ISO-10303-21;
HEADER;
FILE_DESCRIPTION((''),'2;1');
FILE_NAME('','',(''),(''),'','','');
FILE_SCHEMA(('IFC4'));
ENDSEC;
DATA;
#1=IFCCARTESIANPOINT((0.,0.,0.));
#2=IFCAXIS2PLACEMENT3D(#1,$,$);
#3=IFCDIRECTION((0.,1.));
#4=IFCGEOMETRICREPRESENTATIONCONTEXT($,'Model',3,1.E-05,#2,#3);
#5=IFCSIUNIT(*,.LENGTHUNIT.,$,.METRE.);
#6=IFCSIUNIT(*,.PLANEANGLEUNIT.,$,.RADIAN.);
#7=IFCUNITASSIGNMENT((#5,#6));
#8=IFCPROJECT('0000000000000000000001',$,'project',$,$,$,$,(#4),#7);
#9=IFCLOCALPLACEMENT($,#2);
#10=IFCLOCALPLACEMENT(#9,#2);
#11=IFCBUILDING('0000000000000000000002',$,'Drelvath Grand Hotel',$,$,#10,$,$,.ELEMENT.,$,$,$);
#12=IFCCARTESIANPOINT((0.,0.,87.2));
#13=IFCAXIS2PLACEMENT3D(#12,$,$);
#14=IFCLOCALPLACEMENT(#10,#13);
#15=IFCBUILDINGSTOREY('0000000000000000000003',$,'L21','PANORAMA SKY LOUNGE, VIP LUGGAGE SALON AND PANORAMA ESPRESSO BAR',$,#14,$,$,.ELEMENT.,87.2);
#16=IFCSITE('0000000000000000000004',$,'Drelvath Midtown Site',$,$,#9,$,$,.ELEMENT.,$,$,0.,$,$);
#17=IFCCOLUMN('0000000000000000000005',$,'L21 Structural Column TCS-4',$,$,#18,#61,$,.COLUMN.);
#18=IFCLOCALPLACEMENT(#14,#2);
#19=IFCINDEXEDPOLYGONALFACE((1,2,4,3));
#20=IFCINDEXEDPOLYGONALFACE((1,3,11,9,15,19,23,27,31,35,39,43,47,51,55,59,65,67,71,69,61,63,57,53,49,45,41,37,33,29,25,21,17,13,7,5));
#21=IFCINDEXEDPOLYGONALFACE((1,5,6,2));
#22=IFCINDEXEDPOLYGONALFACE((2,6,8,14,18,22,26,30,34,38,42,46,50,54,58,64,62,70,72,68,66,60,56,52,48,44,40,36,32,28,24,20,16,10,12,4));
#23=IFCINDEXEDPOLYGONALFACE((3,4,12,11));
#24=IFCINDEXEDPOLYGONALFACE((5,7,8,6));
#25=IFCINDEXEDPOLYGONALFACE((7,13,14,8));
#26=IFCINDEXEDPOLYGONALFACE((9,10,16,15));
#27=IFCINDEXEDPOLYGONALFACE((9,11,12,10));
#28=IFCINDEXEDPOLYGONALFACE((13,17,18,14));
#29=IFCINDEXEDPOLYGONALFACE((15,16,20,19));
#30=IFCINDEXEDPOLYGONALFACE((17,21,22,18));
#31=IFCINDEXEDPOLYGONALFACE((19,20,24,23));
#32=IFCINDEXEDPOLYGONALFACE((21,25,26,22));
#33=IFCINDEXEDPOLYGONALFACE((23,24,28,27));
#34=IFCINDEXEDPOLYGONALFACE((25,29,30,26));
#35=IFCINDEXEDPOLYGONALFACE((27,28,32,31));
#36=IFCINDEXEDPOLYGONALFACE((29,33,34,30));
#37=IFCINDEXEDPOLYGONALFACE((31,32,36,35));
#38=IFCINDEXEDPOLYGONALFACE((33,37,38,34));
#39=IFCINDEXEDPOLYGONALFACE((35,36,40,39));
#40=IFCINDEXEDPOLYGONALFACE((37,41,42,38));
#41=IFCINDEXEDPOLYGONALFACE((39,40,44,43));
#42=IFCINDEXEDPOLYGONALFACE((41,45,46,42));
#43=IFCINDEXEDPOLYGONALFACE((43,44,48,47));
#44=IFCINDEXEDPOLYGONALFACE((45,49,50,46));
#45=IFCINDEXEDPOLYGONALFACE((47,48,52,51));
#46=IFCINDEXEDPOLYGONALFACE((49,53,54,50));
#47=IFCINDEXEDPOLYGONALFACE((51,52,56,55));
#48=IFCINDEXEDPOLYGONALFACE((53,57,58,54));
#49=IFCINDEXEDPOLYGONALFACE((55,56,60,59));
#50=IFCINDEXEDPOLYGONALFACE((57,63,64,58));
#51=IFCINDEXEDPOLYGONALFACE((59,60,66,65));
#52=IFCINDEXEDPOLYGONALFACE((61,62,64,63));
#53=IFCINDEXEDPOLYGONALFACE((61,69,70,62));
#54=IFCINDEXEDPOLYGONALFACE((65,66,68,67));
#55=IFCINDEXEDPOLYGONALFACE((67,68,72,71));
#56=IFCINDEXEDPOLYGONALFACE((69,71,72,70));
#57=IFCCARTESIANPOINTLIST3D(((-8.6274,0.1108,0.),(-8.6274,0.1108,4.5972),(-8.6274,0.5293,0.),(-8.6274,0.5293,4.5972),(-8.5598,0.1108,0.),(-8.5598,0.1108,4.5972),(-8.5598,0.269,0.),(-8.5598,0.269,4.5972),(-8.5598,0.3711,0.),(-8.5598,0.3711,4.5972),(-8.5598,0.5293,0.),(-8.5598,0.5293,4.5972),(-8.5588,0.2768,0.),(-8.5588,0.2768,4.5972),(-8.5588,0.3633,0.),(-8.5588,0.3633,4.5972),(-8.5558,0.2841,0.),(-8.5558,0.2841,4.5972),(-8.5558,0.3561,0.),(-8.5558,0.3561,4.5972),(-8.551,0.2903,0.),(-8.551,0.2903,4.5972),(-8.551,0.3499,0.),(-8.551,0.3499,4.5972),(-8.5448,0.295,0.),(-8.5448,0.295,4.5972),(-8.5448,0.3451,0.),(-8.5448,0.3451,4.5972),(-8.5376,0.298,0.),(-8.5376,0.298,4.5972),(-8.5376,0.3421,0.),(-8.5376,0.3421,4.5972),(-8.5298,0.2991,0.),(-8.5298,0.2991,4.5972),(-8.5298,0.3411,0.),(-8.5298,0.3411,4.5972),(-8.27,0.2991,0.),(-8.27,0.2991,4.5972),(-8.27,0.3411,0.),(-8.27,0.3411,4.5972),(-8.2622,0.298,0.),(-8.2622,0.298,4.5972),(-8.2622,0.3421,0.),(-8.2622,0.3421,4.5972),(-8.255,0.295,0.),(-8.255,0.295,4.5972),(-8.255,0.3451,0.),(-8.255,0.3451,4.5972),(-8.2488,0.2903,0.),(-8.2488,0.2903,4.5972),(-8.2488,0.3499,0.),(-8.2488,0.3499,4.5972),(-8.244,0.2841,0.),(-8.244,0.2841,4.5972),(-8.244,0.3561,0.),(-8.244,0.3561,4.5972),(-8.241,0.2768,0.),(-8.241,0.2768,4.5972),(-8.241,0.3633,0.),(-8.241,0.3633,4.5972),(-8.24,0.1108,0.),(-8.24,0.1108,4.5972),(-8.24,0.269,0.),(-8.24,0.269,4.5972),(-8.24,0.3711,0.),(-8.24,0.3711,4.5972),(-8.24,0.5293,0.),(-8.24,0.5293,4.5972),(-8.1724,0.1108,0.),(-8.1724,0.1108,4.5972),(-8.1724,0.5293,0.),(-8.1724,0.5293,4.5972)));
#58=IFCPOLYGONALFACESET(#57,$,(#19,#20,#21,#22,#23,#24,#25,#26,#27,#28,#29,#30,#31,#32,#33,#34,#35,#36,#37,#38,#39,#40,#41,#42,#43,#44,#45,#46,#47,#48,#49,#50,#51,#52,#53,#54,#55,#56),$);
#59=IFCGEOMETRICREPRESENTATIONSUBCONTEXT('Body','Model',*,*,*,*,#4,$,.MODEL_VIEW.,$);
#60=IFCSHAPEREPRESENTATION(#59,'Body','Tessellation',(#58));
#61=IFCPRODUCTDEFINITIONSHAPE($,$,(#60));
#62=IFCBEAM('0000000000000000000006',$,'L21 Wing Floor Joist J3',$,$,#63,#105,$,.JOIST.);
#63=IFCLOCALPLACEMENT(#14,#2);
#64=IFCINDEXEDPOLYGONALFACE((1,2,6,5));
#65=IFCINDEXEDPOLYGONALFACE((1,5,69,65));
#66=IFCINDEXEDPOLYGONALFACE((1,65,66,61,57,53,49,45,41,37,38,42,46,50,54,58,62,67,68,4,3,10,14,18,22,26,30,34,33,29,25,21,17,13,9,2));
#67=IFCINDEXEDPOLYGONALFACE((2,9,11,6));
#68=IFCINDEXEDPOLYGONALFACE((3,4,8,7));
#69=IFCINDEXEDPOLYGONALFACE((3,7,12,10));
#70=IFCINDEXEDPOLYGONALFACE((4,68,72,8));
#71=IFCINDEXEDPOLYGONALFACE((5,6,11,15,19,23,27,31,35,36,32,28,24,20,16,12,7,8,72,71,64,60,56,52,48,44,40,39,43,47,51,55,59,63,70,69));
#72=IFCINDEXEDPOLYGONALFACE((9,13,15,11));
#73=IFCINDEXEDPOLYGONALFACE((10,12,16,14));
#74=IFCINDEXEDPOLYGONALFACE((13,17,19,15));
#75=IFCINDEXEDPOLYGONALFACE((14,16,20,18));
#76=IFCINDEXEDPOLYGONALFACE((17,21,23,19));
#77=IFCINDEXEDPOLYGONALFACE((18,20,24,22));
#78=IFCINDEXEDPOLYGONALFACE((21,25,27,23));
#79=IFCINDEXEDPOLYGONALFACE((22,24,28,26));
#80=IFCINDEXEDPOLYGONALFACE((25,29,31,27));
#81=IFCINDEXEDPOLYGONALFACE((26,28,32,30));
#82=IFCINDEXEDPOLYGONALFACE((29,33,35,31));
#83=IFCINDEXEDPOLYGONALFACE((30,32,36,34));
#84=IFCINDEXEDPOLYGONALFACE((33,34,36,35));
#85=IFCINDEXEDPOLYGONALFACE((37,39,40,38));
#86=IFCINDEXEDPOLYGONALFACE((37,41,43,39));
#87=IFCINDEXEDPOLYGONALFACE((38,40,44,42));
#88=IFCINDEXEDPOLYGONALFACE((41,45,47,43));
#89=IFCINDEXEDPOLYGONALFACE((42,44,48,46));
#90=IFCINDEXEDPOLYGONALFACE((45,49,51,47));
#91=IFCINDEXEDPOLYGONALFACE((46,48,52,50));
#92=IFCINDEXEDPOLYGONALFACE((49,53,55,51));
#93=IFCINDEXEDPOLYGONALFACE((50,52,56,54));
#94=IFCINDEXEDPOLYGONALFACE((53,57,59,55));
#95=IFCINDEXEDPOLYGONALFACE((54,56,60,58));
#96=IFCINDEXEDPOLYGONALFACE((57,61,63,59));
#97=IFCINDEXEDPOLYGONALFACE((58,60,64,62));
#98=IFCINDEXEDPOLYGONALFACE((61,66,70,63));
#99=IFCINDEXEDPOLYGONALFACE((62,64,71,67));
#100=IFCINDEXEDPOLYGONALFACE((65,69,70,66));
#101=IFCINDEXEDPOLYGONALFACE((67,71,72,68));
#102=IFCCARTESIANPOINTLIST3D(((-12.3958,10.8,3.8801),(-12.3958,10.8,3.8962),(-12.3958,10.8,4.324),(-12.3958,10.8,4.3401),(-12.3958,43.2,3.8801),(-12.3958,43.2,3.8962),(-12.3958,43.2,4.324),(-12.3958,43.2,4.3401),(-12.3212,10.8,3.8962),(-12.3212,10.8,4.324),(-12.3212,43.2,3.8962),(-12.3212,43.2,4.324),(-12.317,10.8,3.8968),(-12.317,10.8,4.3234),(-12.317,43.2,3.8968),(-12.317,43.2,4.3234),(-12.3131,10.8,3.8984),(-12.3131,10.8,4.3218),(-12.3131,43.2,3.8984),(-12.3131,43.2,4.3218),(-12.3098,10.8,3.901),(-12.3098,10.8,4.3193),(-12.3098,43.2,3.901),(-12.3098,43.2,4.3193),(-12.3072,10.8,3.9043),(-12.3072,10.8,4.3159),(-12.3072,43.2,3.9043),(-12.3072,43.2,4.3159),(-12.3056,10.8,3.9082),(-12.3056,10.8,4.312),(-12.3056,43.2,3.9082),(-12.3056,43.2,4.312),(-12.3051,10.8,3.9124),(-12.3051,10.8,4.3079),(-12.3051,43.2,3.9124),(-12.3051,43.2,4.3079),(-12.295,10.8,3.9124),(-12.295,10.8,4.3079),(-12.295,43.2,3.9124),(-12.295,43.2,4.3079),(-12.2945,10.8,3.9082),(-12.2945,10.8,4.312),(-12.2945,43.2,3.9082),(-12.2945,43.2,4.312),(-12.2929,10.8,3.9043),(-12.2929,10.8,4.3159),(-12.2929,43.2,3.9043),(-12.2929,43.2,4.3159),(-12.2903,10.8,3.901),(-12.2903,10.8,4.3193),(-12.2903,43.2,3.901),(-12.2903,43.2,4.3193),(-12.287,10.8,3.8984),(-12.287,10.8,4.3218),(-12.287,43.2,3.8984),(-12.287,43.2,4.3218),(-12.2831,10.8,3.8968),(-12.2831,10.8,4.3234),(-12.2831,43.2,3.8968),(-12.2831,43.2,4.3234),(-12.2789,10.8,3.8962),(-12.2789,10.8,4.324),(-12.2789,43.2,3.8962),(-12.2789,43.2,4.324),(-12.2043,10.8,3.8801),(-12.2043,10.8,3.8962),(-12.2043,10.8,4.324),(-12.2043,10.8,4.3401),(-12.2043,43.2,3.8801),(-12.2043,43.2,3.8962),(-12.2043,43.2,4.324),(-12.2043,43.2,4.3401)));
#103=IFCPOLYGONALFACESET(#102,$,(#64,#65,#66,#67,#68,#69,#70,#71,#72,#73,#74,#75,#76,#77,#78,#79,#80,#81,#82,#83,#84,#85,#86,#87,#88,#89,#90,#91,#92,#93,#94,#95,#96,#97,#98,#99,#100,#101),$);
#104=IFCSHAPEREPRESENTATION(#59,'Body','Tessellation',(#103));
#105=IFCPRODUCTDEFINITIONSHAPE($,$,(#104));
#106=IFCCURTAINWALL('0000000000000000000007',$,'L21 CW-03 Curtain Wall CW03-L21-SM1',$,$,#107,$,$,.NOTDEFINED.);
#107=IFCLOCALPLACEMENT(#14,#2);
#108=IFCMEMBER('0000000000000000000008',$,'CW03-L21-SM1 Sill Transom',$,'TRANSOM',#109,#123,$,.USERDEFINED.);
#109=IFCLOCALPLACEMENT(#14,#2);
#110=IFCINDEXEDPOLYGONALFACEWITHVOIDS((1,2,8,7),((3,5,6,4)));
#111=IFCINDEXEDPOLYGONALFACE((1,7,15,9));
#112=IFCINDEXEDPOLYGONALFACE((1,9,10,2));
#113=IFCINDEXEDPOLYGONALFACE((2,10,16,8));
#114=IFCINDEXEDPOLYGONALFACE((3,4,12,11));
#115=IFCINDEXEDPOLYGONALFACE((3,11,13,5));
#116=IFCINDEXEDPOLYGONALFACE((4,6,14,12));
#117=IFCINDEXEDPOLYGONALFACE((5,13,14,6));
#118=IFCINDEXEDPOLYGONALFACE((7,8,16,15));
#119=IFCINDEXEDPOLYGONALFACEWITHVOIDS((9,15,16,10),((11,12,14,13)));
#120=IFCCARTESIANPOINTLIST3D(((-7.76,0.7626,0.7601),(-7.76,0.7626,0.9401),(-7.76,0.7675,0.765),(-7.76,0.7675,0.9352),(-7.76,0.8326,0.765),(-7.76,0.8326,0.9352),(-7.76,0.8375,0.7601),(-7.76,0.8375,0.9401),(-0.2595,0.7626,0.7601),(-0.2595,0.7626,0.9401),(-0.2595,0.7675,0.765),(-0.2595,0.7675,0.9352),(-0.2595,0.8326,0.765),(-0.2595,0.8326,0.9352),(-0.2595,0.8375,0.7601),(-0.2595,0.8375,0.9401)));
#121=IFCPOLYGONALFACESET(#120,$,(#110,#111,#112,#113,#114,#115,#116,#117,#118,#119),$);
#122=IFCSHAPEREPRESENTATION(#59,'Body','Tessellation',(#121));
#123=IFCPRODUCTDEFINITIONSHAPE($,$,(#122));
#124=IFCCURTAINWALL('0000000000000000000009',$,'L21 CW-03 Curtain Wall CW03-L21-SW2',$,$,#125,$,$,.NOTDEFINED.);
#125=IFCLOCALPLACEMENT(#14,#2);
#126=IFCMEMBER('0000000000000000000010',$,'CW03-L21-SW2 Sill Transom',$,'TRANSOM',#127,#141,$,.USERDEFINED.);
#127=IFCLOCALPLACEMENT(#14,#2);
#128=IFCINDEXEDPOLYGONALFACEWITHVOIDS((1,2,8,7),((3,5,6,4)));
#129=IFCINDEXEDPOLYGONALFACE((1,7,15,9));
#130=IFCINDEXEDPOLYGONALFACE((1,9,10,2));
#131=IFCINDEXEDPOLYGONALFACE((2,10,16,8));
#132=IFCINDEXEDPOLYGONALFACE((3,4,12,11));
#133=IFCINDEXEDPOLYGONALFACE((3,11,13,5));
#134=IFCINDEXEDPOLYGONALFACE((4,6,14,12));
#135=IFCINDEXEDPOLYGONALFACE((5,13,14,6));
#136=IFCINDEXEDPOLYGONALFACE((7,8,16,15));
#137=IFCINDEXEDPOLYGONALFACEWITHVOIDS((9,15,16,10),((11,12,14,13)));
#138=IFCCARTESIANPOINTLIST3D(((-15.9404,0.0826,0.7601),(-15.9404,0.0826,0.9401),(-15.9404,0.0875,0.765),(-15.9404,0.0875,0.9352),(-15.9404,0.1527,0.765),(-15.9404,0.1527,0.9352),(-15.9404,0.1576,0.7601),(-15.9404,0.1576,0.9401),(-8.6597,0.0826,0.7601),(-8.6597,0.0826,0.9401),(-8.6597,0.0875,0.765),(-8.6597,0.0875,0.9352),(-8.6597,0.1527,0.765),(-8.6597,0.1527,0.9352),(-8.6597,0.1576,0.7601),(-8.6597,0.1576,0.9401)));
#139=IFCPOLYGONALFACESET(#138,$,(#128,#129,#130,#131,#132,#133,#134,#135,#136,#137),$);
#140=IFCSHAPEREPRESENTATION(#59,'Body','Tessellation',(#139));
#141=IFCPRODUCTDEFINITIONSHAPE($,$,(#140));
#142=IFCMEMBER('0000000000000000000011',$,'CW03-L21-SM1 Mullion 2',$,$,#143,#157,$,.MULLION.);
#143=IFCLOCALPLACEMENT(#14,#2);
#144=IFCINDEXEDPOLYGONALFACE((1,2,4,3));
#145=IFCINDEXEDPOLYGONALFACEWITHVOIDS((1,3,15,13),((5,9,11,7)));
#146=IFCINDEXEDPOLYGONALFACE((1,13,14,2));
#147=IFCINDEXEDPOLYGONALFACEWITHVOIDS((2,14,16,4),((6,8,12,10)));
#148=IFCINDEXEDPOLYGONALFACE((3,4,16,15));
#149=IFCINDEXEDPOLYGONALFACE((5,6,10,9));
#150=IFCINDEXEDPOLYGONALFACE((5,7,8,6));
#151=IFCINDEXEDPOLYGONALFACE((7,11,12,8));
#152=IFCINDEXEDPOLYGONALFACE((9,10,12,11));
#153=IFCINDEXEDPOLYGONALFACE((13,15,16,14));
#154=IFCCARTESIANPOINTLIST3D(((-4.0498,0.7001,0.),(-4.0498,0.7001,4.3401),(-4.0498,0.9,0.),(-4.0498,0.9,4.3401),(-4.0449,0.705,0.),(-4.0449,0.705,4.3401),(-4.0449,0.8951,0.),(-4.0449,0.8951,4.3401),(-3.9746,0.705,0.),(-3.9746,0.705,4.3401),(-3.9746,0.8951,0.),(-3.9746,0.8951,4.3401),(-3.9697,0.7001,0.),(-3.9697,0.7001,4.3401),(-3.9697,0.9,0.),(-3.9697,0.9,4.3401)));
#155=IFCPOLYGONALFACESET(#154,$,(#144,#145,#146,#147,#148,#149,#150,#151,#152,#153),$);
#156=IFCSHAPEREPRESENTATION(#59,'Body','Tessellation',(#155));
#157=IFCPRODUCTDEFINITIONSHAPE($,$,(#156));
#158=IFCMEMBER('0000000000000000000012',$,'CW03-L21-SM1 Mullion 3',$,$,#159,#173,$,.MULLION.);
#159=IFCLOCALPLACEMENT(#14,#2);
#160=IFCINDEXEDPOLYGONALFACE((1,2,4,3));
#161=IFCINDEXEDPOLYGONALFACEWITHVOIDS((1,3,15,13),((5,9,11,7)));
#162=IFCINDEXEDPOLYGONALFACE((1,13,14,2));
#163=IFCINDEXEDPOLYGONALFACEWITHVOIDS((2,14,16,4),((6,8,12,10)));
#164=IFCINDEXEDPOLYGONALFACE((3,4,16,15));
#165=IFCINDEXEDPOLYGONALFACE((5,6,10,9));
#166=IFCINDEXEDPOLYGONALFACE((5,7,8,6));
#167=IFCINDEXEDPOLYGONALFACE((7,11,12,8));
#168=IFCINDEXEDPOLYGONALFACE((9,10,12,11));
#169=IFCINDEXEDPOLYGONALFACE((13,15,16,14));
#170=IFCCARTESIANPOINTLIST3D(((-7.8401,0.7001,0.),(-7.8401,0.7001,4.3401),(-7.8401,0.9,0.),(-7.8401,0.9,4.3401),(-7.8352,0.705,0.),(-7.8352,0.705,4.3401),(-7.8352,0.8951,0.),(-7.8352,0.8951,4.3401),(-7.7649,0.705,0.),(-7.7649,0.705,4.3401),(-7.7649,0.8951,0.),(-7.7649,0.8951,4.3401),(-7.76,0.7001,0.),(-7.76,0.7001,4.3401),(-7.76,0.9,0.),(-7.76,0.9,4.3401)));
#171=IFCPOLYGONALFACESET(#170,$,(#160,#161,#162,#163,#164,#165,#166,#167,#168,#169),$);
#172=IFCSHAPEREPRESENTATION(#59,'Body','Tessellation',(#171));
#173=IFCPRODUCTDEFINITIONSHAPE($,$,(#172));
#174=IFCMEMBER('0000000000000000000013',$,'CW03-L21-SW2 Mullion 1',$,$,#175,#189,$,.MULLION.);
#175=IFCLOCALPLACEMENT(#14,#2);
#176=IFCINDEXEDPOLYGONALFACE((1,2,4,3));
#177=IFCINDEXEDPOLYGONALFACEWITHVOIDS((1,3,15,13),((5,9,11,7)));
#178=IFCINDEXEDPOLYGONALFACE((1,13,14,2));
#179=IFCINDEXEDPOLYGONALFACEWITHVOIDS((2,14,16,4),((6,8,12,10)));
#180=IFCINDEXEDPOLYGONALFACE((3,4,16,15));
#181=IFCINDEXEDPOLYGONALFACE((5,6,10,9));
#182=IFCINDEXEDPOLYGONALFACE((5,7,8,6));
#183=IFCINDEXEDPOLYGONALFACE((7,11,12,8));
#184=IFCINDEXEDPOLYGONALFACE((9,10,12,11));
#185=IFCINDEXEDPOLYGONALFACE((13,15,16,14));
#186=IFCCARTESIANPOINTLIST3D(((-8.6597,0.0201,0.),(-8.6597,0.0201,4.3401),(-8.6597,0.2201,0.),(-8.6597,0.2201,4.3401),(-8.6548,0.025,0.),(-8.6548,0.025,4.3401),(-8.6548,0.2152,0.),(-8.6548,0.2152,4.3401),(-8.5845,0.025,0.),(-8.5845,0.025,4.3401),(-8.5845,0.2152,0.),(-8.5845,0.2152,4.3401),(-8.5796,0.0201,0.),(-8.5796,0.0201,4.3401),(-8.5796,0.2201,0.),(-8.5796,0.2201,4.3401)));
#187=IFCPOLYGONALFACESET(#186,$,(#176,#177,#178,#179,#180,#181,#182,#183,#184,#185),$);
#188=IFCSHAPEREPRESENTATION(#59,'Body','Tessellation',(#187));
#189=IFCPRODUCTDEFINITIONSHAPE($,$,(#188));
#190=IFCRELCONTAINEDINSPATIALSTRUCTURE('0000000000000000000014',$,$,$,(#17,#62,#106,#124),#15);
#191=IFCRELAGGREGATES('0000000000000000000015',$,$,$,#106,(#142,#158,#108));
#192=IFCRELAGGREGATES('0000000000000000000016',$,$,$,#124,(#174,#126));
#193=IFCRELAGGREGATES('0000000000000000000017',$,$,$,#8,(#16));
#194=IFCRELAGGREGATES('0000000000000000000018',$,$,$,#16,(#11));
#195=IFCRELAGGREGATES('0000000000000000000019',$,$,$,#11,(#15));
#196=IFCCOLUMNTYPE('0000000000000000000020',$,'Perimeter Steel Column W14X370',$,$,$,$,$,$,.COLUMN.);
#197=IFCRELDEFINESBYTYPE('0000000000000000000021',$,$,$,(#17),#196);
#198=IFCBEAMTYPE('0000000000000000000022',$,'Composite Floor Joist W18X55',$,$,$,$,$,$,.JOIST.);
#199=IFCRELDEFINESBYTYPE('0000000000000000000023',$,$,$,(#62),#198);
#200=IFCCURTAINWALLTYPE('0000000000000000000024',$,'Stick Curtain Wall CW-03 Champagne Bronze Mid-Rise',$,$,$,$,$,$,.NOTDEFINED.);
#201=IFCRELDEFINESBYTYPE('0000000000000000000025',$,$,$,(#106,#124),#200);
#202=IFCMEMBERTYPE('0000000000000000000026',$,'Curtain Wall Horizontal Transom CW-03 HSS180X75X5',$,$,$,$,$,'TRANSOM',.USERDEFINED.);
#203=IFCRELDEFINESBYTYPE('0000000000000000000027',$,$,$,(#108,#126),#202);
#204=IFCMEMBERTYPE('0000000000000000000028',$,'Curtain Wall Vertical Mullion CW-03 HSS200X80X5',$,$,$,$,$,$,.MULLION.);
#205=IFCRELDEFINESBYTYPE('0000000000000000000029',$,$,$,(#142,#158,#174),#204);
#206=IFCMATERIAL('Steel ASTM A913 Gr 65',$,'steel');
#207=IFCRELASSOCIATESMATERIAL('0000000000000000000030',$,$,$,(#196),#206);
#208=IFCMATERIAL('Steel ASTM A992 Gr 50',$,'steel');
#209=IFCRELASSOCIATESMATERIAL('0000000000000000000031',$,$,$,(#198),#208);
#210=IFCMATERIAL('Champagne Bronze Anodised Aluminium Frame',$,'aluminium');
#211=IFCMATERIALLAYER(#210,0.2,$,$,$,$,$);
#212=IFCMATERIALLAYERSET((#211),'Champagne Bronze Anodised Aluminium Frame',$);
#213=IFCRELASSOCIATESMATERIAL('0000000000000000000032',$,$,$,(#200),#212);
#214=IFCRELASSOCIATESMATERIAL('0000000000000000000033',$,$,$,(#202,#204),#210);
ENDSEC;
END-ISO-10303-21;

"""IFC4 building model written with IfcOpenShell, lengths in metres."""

from ifc_helpers import new_model, si_unit, direction, frame, origin, origin_2d, place, context, subcontext, project, spatial, hollow_rectangle, i_section, extrude, material, layer, layer_set, material_profile, profile_set, type_object, element, aggregate, save


model = new_model("IFC4")

# Units and contexts
model_context = context("Model", 3, precision=1e-05, world=origin(), true_north=direction((0.0, 1.0)))
body_context = subcontext(model_context, "Body", "Model", "MODEL_VIEW")
ifc_project = project(units=[si_unit("LENGTHUNIT", "METRE"), si_unit("PLANEANGLEUNIT", "RADIAN")], contexts=[model_context])

# Site, building, storey
site_placement = place(None, origin())
site = spatial("IfcSite", under=ifc_project, at=site_placement, Name="Drelvath Midtown Site", CompositionType="ELEMENT", RefElevation=0.0)
building_placement = place(site_placement, origin())
building = spatial("IfcBuilding", under=site, at=building_placement, Name="Drelvath Grand Hotel", CompositionType="ELEMENT")
storey_placement = place(building_placement, frame((0.0, 0.0, 87.2)))
storey = spatial("IfcBuildingStorey", under=building, at=storey_placement, Name="L21", Description="PANORAMA SKY LOUNGE, VIP LUGGAGE SALON AND PANORAMA ESPRESSO BAR", CompositionType="ELEMENT", Elevation=87.2)

# Column
ifc_material_1 = material(Name="Steel ASTM A913 Gr 65", Category="steel")
ifc_material_profile_1 = material_profile(ifc_material_1, i_section(OverallWidth=0.4185, OverallDepth=0.4551, WebThickness=0.042, FlangeThickness=0.0676, FilletRadius=0.03, at=origin_2d()), Name="W14X370")
ifc_profile_set_1 = profile_set([ifc_material_profile_1], Name="Steel ASTM A913 Gr 65")
column_type = type_object("IfcColumnType", Name="Perimeter Steel Column W14X370", PredefinedType="COLUMN", material=ifc_profile_set_1)
column_placement = place(storey_placement, frame((-8.3999, 0.3201, 0.0), z_axis=(0.0, 0.0, 1.0), x_axis=(0.0, 1.0, 0.0)))
element("IfcColumn", 1, at=column_placement, inside=storey, type_object=column_type, Name="L21 Structural Column TCS-4", PredefinedType="COLUMN", context=body_context, shape_type="SweptSolid", body=[
    extrude(i_section(OverallWidth=0.4185, OverallDepth=0.4551, WebThickness=0.042, FlangeThickness=0.0676, FilletRadius=0.03, at=origin_2d()), origin(), (0.0, 0.0, 1.0), 4.5972),
])

# Beam
ifc_material_2 = material(Name="Steel ASTM A992 Gr 50", Category="steel")
ifc_material_profile_2 = material_profile(ifc_material_2, i_section(OverallWidth=0.1914, OverallDepth=0.46, WebThickness=0.01, FlangeThickness=0.0161, FilletRadius=0.0161, at=origin_2d()), Name="W18X55")
ifc_profile_set_2 = profile_set([ifc_material_profile_2], Name="Steel ASTM A992 Gr 50")
beam_type_1 = type_object("IfcBeamType", Name="Composite Floor Joist W18X55", PredefinedType="JOIST", material=ifc_profile_set_2)
beam_1_placement = place(storey_placement, frame((-12.3, 10.8, 4.1101), z_axis=(0.0, 1.0, 0.0), x_axis=(-1.0, 0.0, 0.0)))
element("IfcBeam", 2, at=beam_1_placement, inside=storey, type_object=beam_type_1, Name="L21 Wing Floor Joist J3", PredefinedType="JOIST", context=body_context, shape_type="SweptSolid", body=[
    extrude(i_section(OverallWidth=0.1914, OverallDepth=0.46, WebThickness=0.01, FlangeThickness=0.0161, FilletRadius=0.0161, at=origin_2d()), origin(), (0.0, 0.0, 1.0), 32.3999),
])

# Curtain walls, members
ifc_material_3 = material(Name="Champagne Bronze Anodised Aluminium Frame", Category="aluminium")
ifc_layer_1 = layer(ifc_material_3, 0.2)
ifc_layer_set_1 = layer_set([ifc_layer_1], Name="Champagne Bronze Anodised Aluminium Frame")
curtain_wall_type = type_object("IfcCurtainWallType", Name="Stick Curtain Wall CW-03 Champagne Bronze Mid-Rise", PredefinedType="NOTDEFINED", material=ifc_layer_set_1)
curtain_wall_1_placement = place(storey_placement, origin())
curtain_wall_1 = element("IfcCurtainWall", 3, at=curtain_wall_1_placement, inside=storey, type_object=curtain_wall_type, Name="L21 CW-03 Curtain Wall CW03-L21-SM1", PredefinedType="NOTDEFINED")
ifc_material_profile_3 = material_profile(ifc_material_3, hollow_rectangle(XDim=0.075, YDim=0.1799, WallThickness=0.0049, at=origin_2d()), Name="HSS180X75X5")
ifc_profile_set_3 = profile_set([ifc_material_profile_3], Name="Champagne Bronze Anodised Aluminium Frame")
member_type_1 = type_object("IfcMemberType", Name="Curtain Wall Horizontal Transom CW-03 HSS180X75X5", ElementType="TRANSOM", PredefinedType="USERDEFINED", material=ifc_profile_set_3)
member_1_placement = place(storey_placement, frame((-0.2595, 0.8, 0.8501), z_axis=(-1.0, 0.0, 0.0), x_axis=(0.0, -1.0, 0.0)))
member_1 = element("IfcMember", 4, at=member_1_placement, type_object=member_type_1, Name="CW03-L21-SM1 Sill Transom", ObjectType="TRANSOM", PredefinedType="USERDEFINED", context=body_context, shape_type="SweptSolid", body=[
    extrude(hollow_rectangle(XDim=0.075, YDim=0.1799, WallThickness=0.0049, at=origin_2d()), origin(), (0.0, 0.0, 1.0), 7.5005),
])
curtain_wall_2_placement = place(storey_placement, origin())
curtain_wall_2 = element("IfcCurtainWall", 5, at=curtain_wall_2_placement, inside=storey, type_object=curtain_wall_type, Name="L21 CW-03 Curtain Wall CW03-L21-SW2", PredefinedType="NOTDEFINED")
member_2_placement = place(storey_placement, frame((-8.6597, 0.1201, 0.8501), z_axis=(-1.0, 0.0, 0.0), x_axis=(0.0, -1.0, 0.0)))
member_2 = element("IfcMember", 6, at=member_2_placement, type_object=member_type_1, Name="CW03-L21-SW2 Sill Transom", ObjectType="TRANSOM", PredefinedType="USERDEFINED", context=body_context, shape_type="SweptSolid", body=[
    extrude(hollow_rectangle(XDim=0.075, YDim=0.1799, WallThickness=0.0049, at=origin_2d()), origin(), (0.0, 0.0, 1.0), 7.2808),
])

# Members
ifc_material_profile_4 = material_profile(ifc_material_3, hollow_rectangle(XDim=0.0801, YDim=0.2, WallThickness=0.0049, at=origin_2d()), Name="HSS200X80X5")
ifc_profile_set_4 = profile_set([ifc_material_profile_4], Name="Champagne Bronze Anodised Aluminium Frame")
member_type_2 = type_object("IfcMemberType", Name="Curtain Wall Vertical Mullion CW-03 HSS200X80X5", PredefinedType="MULLION", material=ifc_profile_set_4)
member_3_placement = place(storey_placement, frame((-4.0098, 0.8, 0.0), z_axis=(0.0, 0.0, 1.0), x_axis=(1.0, 0.0, 0.0)))
member_3 = element("IfcMember", 7, at=member_3_placement, type_object=member_type_2, Name="CW03-L21-SM1 Mullion 2", PredefinedType="MULLION", context=body_context, shape_type="SweptSolid", body=[
    extrude(hollow_rectangle(XDim=0.0801, YDim=0.2, WallThickness=0.0049, at=origin_2d()), origin(), (0.0, 0.0, 1.0), 4.3401),
])
member_4_placement = place(storey_placement, frame((-7.8, 0.8, 0.0), z_axis=(0.0, 0.0, 1.0), x_axis=(1.0, 0.0, 0.0)))
member_4 = element("IfcMember", 8, at=member_4_placement, type_object=member_type_2, Name="CW03-L21-SM1 Mullion 3", PredefinedType="MULLION", context=body_context, shape_type="SweptSolid", body=[
    extrude(hollow_rectangle(XDim=0.0801, YDim=0.2, WallThickness=0.0049, at=origin_2d()), origin(), (0.0, 0.0, 1.0), 4.3401),
])
member_5_placement = place(storey_placement, frame((-8.6196, 0.1201, 0.0), z_axis=(0.0, 0.0, 1.0), x_axis=(1.0, 0.0, 0.0)))
member_5 = element("IfcMember", 9, at=member_5_placement, type_object=member_type_2, Name="CW03-L21-SW2 Mullion 1", PredefinedType="MULLION", context=body_context, shape_type="SweptSolid", body=[
    extrude(hollow_rectangle(XDim=0.0801, YDim=0.2, WallThickness=0.0049, at=origin_2d()), origin(), (0.0, 0.0, 1.0), 4.3401),
])

aggregate(curtain_wall_1, [member_3, member_4, member_1])
aggregate(curtain_wall_2, [member_5, member_2])

save(model, "model.ifc")
